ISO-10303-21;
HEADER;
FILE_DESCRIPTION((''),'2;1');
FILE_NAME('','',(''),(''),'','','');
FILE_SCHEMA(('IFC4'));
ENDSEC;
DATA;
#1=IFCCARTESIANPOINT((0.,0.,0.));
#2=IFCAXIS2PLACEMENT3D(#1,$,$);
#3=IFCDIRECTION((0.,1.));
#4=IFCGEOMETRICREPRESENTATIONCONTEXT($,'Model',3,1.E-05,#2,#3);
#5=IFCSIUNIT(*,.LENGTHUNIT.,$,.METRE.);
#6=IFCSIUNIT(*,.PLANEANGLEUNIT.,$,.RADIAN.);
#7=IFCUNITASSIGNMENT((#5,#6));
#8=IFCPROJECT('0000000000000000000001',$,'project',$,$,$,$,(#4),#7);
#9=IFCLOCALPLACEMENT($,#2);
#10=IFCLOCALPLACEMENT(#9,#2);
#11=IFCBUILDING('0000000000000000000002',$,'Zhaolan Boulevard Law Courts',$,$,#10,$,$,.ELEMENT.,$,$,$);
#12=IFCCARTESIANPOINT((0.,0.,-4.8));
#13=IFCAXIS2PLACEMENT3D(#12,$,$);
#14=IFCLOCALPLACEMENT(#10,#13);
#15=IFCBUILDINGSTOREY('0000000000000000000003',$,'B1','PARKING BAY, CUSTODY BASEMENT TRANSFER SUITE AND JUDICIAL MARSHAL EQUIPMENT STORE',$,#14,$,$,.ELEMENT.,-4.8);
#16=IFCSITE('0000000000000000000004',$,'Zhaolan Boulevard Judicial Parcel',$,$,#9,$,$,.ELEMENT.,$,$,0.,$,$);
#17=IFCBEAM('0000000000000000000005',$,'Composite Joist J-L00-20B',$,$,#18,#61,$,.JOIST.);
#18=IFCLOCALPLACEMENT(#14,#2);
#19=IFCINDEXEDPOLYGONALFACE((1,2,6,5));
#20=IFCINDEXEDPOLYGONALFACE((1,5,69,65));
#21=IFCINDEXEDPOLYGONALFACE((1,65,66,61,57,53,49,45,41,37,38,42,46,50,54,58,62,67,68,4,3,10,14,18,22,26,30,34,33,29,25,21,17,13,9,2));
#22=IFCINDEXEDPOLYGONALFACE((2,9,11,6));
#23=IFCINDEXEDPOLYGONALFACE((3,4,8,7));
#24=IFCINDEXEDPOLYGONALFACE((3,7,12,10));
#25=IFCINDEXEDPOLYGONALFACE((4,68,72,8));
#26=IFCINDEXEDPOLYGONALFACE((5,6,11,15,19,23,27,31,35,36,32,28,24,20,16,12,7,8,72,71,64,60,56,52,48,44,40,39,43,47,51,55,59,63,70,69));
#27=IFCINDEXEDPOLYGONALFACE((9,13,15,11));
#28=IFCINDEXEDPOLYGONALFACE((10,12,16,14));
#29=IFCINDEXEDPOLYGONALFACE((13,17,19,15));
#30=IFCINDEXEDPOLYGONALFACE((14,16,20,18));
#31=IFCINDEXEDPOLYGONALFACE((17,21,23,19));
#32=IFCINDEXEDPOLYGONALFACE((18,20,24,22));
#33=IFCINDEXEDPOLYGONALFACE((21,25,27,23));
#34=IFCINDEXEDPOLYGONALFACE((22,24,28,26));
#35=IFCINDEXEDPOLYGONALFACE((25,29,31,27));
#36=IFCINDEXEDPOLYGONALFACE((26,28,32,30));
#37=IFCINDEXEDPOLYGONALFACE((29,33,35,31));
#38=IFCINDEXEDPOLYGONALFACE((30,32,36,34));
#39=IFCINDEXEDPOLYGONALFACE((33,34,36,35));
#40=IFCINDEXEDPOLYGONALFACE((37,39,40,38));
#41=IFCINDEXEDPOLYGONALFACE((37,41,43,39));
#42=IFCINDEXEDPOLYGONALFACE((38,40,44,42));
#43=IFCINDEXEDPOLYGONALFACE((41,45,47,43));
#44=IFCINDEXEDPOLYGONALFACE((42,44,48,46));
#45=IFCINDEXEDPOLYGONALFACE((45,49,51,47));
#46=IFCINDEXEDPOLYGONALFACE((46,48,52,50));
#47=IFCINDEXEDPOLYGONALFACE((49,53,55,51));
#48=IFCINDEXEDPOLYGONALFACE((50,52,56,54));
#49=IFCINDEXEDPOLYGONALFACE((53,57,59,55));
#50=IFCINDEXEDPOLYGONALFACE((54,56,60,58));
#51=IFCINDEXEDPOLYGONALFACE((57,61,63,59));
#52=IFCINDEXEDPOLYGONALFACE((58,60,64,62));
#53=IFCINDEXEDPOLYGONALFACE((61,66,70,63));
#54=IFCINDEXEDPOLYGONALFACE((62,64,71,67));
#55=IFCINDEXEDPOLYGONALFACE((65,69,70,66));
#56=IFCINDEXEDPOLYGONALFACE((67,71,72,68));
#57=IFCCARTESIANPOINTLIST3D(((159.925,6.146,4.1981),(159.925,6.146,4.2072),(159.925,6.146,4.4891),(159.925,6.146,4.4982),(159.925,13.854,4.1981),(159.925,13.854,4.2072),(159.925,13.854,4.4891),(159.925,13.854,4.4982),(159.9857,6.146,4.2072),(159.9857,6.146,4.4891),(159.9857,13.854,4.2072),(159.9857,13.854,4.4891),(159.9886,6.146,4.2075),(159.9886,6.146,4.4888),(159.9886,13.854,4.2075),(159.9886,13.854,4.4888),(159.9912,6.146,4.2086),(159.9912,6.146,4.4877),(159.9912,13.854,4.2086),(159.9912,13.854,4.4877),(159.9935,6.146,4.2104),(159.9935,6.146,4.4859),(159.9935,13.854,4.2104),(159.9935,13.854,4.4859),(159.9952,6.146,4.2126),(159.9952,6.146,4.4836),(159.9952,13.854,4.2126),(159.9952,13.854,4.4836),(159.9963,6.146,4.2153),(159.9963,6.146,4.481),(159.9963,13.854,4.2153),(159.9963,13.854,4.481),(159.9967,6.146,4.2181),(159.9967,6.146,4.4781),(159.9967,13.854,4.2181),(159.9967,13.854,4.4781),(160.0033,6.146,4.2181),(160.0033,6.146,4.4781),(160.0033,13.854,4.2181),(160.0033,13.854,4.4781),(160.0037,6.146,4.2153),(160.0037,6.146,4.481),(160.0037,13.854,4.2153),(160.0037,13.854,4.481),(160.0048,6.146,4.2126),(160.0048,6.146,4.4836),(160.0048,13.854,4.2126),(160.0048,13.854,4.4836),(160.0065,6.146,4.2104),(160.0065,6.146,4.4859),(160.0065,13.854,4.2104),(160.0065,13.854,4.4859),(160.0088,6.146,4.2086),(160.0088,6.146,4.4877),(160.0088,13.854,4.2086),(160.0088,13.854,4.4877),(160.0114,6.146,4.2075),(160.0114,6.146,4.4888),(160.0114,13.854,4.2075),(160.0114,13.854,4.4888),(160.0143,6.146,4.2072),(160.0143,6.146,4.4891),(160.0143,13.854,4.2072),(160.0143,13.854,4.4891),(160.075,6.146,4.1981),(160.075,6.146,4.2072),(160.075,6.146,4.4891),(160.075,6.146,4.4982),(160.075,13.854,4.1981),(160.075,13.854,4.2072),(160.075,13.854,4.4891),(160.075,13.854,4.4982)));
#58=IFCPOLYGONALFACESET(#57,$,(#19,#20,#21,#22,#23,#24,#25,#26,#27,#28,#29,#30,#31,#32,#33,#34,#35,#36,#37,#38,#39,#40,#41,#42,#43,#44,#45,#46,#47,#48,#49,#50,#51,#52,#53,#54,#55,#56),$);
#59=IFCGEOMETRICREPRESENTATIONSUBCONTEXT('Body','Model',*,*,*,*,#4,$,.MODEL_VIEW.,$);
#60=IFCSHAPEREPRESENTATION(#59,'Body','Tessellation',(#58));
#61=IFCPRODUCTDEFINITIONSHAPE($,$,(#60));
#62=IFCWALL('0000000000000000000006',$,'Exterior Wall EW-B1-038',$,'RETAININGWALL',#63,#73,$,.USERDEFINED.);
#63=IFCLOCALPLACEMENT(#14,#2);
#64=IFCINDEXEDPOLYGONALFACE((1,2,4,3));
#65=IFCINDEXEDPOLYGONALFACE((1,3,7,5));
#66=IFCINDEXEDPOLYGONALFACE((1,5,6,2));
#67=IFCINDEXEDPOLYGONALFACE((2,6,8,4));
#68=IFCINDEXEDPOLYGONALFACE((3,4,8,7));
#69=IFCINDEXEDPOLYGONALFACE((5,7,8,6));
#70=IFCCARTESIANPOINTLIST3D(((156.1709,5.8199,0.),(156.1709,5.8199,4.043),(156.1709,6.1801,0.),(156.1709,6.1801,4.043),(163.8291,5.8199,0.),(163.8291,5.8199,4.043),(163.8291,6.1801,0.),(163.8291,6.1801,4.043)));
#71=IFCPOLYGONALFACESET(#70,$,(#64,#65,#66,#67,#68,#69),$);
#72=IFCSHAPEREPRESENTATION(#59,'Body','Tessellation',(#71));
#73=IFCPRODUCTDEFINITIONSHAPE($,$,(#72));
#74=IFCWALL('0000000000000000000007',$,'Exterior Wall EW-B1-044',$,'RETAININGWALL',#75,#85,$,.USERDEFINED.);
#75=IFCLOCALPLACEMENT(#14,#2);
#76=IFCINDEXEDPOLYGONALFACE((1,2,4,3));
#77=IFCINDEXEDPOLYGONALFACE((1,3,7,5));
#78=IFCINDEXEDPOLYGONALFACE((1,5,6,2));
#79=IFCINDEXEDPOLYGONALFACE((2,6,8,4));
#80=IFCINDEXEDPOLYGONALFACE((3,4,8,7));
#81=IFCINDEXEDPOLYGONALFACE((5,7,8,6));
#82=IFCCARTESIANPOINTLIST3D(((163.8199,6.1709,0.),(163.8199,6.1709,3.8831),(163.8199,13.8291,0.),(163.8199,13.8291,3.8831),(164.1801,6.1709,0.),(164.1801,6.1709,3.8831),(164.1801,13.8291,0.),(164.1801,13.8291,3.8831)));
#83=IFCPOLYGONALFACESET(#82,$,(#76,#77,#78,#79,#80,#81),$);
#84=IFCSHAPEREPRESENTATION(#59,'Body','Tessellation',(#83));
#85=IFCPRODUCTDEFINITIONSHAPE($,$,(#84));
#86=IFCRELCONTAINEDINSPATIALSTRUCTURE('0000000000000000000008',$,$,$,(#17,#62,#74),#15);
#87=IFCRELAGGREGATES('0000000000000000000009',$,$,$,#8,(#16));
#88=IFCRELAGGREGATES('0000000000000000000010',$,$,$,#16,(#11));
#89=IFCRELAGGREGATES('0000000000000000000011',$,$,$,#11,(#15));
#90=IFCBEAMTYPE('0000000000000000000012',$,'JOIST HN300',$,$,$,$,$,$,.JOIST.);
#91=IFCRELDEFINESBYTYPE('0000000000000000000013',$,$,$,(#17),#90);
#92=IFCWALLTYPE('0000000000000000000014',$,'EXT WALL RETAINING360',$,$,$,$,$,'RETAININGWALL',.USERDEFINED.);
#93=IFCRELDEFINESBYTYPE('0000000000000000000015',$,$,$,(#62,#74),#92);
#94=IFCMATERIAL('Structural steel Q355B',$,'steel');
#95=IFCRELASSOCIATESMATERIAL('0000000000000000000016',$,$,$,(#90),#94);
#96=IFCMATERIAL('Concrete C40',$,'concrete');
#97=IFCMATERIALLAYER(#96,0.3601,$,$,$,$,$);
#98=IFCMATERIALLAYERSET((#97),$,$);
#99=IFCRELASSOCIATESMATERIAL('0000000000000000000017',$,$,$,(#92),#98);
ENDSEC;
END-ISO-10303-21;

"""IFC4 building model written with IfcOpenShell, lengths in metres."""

from ifc_helpers import new_model, si_unit, direction, frame, frame_2d, origin, origin_2d, place, context, subcontext, project, spatial, rectangle, i_section, extrude, material, layer, layer_set, material_profile, profile_set, type_object, element, save


model = new_model("IFC4")

# Units and contexts
model_context = context("Model", 3, precision=1e-05, world=origin(), true_north=direction((0.0, 1.0)))
body_context = subcontext(model_context, "Body", "Model", "MODEL_VIEW")
ifc_project = project(units=[si_unit("LENGTHUNIT", "METRE"), si_unit("PLANEANGLEUNIT", "RADIAN")], contexts=[model_context])

# Site, building, storey
site_placement = place(None, origin())
site = spatial("IfcSite", under=ifc_project, at=site_placement, Name="Zhaolan Boulevard Judicial Parcel", CompositionType="ELEMENT", RefElevation=0.0)
building_placement = place(site_placement, origin())
building = spatial("IfcBuilding", under=site, at=building_placement, Name="Zhaolan Boulevard Law Courts", CompositionType="ELEMENT")
storey_placement = place(building_placement, frame((0.0, 0.0, -4.8)))
storey = spatial("IfcBuildingStorey", under=building, at=storey_placement, Name="B1", Description="PARKING BAY, CUSTODY BASEMENT TRANSFER SUITE AND JUDICIAL MARSHAL EQUIPMENT STORE", CompositionType="ELEMENT", Elevation=-4.8)

# Beam
ifc_material_1 = material(Name="Structural steel Q355B", Category="steel")
ifc_material_profile_1 = material_profile(ifc_material_1, i_section(OverallWidth=0.1499, OverallDepth=0.3, WebThickness=0.0066, FlangeThickness=0.009, FilletRadius=0.011, at=origin_2d()), Name="HN300x150")
ifc_profile_set_1 = profile_set([ifc_material_profile_1], Name="Structural steel Q355B")
beam_type_1 = type_object("IfcBeamType", Name="JOIST HN300", PredefinedType="JOIST", material=ifc_profile_set_1)
beam_1_placement = place(storey_placement, frame((160.0, 6.146, 4.3481), z_axis=(0.0, 1.0, 0.0), x_axis=(-1.0, 0.0, 0.0)))
element("IfcBeam", 1, at=beam_1_placement, inside=storey, type_object=beam_type_1, Name="Composite Joist J-L00-20B", PredefinedType="JOIST", context=body_context, shape_type="SweptSolid", body=[
    extrude(i_section(OverallWidth=0.1499, OverallDepth=0.3, WebThickness=0.0066, FlangeThickness=0.009, FilletRadius=0.011, at=origin_2d()), origin(), (0.0, 0.0, 1.0), 7.708),
])

# Walls
ifc_material_2 = material(Name="Concrete C40", Category="concrete")
ifc_layer = layer(ifc_material_2, 0.3601)
ifc_layer_set = layer_set([ifc_layer])
wall_type = type_object("IfcWallType", Name="EXT WALL RETAINING360", ElementType="RETAININGWALL", PredefinedType="USERDEFINED", material=ifc_layer_set)
wall_1_placement = place(storey_placement, frame((156.1709, 6.0, 0.0), z_axis=(0.0, 0.0, 1.0), x_axis=(1.0, 0.0, 0.0)))
element("IfcWall", 2, at=wall_1_placement, inside=storey, type_object=wall_type, Name="Exterior Wall EW-B1-038", ObjectType="RETAININGWALL", PredefinedType="USERDEFINED", context=body_context, shape_type="SweptSolid", body=[
    extrude(rectangle(XDim=7.6582, YDim=0.3601, at=frame_2d((3.8291, 0.0))), origin(), (0.0, 0.0, 1.0), 4.043),
])
wall_2_placement = place(storey_placement, frame((164.0, 6.1709, 0.0), z_axis=(0.0, 0.0, 1.0), x_axis=(0.0, 1.0, 0.0)))
element("IfcWall", 3, at=wall_2_placement, inside=storey, type_object=wall_type, Name="Exterior Wall EW-B1-044", ObjectType="RETAININGWALL", PredefinedType="USERDEFINED", context=body_context, shape_type="SweptSolid", body=[
    extrude(rectangle(XDim=7.6582, YDim=0.3601, at=frame_2d((3.8291, 0.0))), origin(), (0.0, 0.0, 1.0), 3.8831),
])

save(model, "model.ifc")
